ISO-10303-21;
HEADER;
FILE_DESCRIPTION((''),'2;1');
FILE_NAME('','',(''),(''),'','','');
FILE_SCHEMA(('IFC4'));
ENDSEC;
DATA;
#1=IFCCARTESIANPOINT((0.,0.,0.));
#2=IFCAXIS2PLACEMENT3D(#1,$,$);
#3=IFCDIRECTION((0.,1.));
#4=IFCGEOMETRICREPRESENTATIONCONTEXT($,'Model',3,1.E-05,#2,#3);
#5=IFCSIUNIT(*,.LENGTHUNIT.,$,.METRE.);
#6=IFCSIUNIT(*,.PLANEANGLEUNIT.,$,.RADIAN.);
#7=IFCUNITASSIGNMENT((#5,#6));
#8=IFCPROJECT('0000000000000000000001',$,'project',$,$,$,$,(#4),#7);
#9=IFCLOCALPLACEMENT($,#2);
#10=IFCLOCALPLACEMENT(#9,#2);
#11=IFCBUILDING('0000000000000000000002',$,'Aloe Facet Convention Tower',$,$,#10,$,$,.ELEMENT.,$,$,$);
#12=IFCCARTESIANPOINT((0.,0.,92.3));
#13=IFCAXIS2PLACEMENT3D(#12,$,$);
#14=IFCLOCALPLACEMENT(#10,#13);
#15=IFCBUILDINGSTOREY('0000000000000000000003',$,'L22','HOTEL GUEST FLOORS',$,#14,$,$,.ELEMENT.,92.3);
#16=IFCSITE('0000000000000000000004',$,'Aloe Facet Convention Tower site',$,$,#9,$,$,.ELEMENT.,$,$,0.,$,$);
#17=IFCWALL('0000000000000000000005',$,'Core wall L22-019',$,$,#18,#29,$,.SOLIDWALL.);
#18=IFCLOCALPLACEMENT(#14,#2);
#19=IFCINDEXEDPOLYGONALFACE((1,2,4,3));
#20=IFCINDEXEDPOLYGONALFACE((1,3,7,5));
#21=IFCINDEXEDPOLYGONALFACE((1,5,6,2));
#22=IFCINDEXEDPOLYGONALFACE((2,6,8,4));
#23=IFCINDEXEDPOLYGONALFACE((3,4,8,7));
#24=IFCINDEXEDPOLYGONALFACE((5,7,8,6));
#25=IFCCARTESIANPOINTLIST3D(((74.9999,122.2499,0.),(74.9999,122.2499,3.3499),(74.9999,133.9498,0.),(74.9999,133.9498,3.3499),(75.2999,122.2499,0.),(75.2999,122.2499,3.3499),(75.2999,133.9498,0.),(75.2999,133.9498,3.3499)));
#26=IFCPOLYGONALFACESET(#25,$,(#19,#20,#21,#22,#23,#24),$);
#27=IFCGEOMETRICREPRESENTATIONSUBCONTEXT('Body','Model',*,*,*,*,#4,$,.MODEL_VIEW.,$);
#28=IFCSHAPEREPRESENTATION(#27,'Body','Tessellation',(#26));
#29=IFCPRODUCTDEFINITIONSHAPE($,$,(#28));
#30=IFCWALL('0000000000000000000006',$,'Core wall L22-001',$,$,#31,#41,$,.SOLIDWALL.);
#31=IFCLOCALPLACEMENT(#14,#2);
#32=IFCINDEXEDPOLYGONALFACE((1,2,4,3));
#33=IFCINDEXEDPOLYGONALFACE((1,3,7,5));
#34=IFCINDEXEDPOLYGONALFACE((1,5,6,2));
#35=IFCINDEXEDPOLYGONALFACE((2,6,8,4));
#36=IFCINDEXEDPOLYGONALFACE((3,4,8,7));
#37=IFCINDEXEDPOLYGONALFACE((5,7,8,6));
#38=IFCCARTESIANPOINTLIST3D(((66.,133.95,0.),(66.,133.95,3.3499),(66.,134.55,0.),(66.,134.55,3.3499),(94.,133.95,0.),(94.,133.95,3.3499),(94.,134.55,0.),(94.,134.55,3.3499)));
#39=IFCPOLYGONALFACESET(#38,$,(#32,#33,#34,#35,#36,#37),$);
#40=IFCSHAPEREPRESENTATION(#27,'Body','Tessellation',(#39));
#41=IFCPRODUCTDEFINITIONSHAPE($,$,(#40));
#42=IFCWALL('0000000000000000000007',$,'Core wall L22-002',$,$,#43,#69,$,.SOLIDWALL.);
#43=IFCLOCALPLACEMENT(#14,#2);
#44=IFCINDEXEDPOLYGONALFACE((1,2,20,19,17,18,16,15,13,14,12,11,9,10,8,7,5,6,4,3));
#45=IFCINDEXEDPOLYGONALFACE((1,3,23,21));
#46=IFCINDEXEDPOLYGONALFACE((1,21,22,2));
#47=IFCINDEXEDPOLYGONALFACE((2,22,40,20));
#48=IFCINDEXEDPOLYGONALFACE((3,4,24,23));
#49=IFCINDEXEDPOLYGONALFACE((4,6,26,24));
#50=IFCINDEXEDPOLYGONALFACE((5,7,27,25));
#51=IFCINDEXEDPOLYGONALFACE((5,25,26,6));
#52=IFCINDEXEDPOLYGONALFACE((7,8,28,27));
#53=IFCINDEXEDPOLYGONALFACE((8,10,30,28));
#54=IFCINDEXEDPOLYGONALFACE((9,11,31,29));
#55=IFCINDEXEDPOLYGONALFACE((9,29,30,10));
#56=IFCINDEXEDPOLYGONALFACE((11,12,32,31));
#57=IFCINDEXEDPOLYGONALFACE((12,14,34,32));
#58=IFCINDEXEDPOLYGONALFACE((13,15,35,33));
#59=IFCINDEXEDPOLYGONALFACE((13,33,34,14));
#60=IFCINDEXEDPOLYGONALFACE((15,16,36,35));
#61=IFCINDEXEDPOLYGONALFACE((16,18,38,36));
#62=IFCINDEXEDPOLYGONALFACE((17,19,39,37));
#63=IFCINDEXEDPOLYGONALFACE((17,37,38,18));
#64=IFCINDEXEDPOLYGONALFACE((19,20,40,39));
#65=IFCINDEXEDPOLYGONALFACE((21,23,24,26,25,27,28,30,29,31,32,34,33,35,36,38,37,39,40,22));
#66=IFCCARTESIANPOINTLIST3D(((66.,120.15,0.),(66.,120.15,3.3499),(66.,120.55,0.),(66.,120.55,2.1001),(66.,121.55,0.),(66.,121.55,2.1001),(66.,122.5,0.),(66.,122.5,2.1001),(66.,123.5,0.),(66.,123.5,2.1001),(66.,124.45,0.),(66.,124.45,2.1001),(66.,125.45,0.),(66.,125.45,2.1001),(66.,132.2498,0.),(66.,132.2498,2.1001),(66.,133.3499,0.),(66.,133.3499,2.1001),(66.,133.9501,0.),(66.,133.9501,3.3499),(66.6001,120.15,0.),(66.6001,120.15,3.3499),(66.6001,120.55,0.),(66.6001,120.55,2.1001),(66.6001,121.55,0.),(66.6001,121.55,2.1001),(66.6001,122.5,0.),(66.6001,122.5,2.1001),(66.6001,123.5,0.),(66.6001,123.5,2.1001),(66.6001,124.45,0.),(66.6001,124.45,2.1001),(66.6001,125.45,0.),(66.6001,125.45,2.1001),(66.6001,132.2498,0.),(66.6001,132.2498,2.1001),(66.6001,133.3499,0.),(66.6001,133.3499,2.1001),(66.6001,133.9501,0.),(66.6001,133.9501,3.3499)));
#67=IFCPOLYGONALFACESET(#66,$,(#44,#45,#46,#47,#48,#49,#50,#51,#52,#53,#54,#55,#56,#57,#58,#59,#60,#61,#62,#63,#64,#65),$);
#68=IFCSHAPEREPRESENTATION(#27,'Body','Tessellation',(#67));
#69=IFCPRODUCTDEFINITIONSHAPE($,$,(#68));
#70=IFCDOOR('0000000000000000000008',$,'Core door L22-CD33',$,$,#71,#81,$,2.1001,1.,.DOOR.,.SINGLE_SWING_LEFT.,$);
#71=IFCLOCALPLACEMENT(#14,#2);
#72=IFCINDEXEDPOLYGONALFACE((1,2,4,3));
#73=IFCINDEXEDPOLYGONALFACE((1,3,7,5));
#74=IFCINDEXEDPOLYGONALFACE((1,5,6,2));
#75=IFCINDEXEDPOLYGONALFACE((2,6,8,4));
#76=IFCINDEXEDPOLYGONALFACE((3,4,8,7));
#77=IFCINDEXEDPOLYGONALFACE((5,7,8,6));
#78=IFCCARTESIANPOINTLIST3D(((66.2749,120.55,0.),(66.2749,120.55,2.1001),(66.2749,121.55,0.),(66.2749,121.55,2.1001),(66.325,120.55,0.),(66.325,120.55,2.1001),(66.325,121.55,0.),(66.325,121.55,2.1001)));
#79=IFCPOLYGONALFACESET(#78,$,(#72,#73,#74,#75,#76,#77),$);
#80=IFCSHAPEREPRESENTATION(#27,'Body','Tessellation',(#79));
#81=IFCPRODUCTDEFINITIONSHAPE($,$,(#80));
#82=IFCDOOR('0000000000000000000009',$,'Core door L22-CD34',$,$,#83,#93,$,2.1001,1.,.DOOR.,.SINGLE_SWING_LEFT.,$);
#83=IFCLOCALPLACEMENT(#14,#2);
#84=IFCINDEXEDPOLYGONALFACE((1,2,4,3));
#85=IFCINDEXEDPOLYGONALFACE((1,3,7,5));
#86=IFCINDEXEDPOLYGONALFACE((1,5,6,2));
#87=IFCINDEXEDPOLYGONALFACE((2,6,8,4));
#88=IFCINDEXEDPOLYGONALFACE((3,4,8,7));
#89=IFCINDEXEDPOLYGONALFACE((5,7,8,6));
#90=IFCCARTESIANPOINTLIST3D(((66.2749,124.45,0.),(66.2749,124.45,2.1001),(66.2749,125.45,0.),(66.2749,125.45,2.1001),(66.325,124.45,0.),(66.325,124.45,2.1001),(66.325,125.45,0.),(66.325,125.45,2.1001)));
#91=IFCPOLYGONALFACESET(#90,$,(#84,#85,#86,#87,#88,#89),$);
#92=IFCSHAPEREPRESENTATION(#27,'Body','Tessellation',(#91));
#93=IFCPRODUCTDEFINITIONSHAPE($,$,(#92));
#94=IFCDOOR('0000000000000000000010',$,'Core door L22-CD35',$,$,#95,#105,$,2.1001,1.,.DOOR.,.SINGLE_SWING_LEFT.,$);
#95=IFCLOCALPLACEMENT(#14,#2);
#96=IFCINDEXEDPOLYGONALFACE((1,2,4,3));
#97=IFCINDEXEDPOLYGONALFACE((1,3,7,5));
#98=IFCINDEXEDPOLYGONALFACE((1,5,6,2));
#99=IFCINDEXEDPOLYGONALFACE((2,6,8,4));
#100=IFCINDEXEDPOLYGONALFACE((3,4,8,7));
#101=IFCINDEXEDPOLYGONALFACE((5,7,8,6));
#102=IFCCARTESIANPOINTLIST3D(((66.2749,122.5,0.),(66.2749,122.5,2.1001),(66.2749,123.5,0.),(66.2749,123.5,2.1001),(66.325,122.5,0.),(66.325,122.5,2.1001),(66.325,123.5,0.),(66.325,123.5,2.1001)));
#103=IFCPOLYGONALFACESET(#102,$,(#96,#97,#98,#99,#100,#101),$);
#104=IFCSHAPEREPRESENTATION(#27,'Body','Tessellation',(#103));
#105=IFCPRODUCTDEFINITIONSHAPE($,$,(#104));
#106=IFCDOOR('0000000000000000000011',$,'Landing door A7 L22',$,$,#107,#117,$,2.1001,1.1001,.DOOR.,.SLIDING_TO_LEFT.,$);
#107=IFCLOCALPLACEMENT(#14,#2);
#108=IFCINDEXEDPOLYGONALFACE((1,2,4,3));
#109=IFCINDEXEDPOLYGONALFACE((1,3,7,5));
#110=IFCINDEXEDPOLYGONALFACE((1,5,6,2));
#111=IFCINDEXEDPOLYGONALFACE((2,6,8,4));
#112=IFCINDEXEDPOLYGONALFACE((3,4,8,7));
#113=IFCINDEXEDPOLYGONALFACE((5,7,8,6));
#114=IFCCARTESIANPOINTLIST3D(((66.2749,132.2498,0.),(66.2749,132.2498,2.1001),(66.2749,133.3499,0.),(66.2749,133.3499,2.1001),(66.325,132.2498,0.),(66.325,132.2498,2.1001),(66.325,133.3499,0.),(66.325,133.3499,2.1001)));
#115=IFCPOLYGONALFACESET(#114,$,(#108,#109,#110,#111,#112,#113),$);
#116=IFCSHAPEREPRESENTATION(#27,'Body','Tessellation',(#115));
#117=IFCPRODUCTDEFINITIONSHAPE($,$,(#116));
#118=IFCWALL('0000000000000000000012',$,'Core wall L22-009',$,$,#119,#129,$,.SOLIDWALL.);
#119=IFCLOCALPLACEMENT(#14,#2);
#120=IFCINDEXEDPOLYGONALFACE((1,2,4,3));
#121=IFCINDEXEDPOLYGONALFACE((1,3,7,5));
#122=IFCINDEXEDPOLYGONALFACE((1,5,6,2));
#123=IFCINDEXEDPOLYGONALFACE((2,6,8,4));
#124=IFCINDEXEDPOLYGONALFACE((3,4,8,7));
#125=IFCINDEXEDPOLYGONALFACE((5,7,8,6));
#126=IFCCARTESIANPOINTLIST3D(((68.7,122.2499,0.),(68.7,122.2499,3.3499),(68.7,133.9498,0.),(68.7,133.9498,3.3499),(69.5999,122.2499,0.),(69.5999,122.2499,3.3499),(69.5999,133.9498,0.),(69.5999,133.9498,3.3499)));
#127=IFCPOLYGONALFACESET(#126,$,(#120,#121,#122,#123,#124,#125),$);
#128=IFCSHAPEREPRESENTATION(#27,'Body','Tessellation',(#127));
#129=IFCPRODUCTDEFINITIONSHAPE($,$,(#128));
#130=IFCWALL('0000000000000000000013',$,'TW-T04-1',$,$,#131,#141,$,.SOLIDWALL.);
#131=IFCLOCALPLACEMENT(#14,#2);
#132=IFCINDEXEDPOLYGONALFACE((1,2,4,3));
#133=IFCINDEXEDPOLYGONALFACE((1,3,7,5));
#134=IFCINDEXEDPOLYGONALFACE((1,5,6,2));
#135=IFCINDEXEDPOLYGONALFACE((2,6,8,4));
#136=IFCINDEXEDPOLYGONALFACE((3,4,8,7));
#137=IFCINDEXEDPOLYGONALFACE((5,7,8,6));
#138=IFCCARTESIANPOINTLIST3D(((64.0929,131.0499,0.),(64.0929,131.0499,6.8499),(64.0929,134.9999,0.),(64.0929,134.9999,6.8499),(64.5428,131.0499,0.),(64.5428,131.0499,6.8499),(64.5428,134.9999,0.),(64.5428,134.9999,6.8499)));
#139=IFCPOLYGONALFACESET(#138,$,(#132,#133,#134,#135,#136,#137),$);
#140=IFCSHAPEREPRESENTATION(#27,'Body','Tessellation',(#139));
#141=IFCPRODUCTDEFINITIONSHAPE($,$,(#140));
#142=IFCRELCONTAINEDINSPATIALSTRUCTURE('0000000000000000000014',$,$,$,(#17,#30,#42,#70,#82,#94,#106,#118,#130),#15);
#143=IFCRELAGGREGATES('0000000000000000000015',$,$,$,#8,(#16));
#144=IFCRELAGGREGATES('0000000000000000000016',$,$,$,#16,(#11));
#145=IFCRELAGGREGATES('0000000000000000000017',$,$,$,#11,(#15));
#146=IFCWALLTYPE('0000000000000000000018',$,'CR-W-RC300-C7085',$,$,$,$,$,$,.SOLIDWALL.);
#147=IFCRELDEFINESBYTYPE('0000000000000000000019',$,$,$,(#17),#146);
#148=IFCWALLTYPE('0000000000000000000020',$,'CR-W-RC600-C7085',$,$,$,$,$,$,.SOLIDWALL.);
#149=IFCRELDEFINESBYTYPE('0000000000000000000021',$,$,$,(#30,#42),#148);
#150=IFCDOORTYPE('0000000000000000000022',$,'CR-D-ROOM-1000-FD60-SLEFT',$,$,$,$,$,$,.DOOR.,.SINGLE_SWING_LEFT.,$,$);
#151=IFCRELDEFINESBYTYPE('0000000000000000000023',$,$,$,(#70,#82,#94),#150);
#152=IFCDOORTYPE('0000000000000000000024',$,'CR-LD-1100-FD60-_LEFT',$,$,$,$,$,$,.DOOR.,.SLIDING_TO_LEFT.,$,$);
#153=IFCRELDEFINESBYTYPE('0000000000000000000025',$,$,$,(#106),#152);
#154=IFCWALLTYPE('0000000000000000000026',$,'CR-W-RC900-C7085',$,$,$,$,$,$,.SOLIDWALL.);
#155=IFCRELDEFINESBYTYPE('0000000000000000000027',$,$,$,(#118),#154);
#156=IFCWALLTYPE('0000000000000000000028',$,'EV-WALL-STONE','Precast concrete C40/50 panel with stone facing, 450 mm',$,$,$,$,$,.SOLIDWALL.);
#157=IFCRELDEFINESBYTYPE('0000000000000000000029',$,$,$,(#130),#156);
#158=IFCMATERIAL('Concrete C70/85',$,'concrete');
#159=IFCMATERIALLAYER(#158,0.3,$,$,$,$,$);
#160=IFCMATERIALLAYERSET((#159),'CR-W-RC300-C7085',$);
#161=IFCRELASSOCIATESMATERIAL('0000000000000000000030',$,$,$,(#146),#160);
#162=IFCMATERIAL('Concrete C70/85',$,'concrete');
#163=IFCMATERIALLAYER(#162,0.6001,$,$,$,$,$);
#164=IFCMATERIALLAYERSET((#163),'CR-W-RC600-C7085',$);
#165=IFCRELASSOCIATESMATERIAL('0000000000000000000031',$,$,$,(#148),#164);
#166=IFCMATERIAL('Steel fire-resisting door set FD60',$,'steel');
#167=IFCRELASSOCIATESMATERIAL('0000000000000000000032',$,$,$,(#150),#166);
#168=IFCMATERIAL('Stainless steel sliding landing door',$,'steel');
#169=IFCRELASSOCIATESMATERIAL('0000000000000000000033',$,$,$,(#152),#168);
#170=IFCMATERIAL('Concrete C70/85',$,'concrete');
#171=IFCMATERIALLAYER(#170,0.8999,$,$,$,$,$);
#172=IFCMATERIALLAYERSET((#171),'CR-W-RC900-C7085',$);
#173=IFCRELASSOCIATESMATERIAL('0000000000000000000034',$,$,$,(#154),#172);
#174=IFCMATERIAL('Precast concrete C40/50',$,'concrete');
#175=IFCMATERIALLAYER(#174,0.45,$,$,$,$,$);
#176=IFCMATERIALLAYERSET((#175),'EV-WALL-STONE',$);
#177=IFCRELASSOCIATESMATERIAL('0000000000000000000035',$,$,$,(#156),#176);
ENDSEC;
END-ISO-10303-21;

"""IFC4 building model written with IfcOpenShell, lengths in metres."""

from ifc_helpers import new_model, si_unit, direction, frame, frame_2d, origin, place, context, subcontext, project, spatial, rectangle, extrude, material, layer, layer_set, type_object, element, fill, save


model = new_model("IFC4")

# Units and contexts
model_context = context("Model", 3, precision=1e-05, world=origin(), true_north=direction((0.0, 1.0)))
body_context = subcontext(model_context, "Body", "Model", "MODEL_VIEW")
ifc_project = project(units=[si_unit("LENGTHUNIT", "METRE"), si_unit("PLANEANGLEUNIT", "RADIAN")], contexts=[model_context])

# Site, building, storey
site_placement = place(None, origin())
site = spatial("IfcSite", under=ifc_project, at=site_placement, Name="Aloe Facet Convention Tower site", CompositionType="ELEMENT", RefElevation=0.0)
building_placement = place(site_placement, origin())
building = spatial("IfcBuilding", under=site, at=building_placement, Name="Aloe Facet Convention Tower", CompositionType="ELEMENT")
storey_placement = place(building_placement, frame((0.0, 0.0, 92.3)))
storey = spatial("IfcBuildingStorey", under=building, at=storey_placement, Name="L22", Description="HOTEL GUEST FLOORS", CompositionType="ELEMENT", Elevation=92.3)

# Shared definitions
ifc_material_1 = material(Name="Concrete C70/85", Category="concrete")
ifc_layer_1 = layer(ifc_material_1, 0.3)
ifc_layer_set_1 = layer_set([ifc_layer_1], Name="CR-W-RC300-C7085")
wall_type_1 = type_object("IfcWallType", Name="CR-W-RC300-C7085", PredefinedType="SOLIDWALL", material=ifc_layer_set_1)

# Walls
wall_1_placement = place(storey_placement, frame((75.1499, 133.95, 0.0), z_axis=(0.0, 0.0, 1.0), x_axis=(0.0, -1.0, 0.0)))
element("IfcWall", 1, at=wall_1_placement, inside=storey, type_object=wall_type_1, Name="Core wall L22-019", PredefinedType="SOLIDWALL", context=body_context, shape_type="SweptSolid", body=[
    extrude(rectangle(XDim=11.7, YDim=0.3, at=frame_2d((5.8501, 0.0))), origin(), (0.0, 0.0, 1.0), 3.3499),
])
ifc_material_2 = material(Name="Concrete C70/85", Category="concrete")
ifc_layer_2 = layer(ifc_material_2, 0.6001)
ifc_layer_set_2 = layer_set([ifc_layer_2], Name="CR-W-RC600-C7085")
wall_type_2 = type_object("IfcWallType", Name="CR-W-RC600-C7085", PredefinedType="SOLIDWALL", material=ifc_layer_set_2)
wall_2_placement = place(storey_placement, frame((66.0, 134.25, 0.0), z_axis=(0.0, 0.0, 1.0), x_axis=(1.0, 0.0, 0.0)))
element("IfcWall", 2, at=wall_2_placement, inside=storey, type_object=wall_type_2, Name="Core wall L22-001", PredefinedType="SOLIDWALL", context=body_context, shape_type="SweptSolid", body=[
    extrude(rectangle(XDim=28.0, YDim=0.6001, at=frame_2d((14.0, 0.0))), origin(), (0.0, 0.0, 1.0), 3.3499),
])

# Wall, openings, doors
wall_3_placement = place(storey_placement, frame((66.3, 133.95, 0.0), z_axis=(0.0, 0.0, 1.0), x_axis=(0.0, -1.0, 0.0)))
wall_3 = element("IfcWall", 3, at=wall_3_placement, inside=storey, type_object=wall_type_2, Name="Core wall L22-002", PredefinedType="SOLIDWALL", context=body_context, shape_type="SweptSolid", body=[
    extrude(rectangle(XDim=13.8, YDim=0.6001, at=frame_2d((6.8999, 0.0))), origin(), (0.0, 0.0, 1.0), 3.3499),
])
opening_1_placement = place(wall_3_placement, frame((0.6001, 0.0, 0.0)))
opening_1 = element("IfcOpeningElement", 4, at=opening_1_placement, cuts=wall_3, PredefinedType="OPENING", context=body_context, shape_type="SweptSolid", body=[
    extrude(rectangle(XDim=1.1001, YDim=2.1001, at=frame_2d((0.55, 1.05))), frame((0.0, 0.3101, 0.0), z_axis=(0.0, -1.0, 0.0), x_axis=(1.0, 0.0, 0.0)), (0.0, 0.0, 1.0), 0.6201),
])
opening_2_placement = place(wall_3_placement, frame((12.3999, 0.0, 0.0)))
opening_2 = element("IfcOpeningElement", 5, at=opening_2_placement, cuts=wall_3, PredefinedType="OPENING", context=body_context, shape_type="SweptSolid", body=[
    extrude(rectangle(XDim=1.0, YDim=2.1001, at=frame_2d((0.5, 1.05))), frame((0.0, 0.3101, 0.0), z_axis=(0.0, -1.0, 0.0), x_axis=(1.0, 0.0, 0.0)), (0.0, 0.0, 1.0), 0.6201),
])
opening_3_placement = place(wall_3_placement, frame((8.5, 0.0, 0.0)))
opening_3 = element("IfcOpeningElement", 6, at=opening_3_placement, cuts=wall_3, PredefinedType="OPENING", context=body_context, shape_type="SweptSolid", body=[
    extrude(rectangle(XDim=1.0, YDim=2.1001, at=frame_2d((0.5, 1.05))), frame((0.0, 0.3101, 0.0), z_axis=(0.0, -1.0, 0.0), x_axis=(1.0, 0.0, 0.0)), (0.0, 0.0, 1.0), 0.6201),
])
opening_4_placement = place(wall_3_placement, frame((10.45, 0.0, 0.0)))
opening_4 = element("IfcOpeningElement", 7, at=opening_4_placement, cuts=wall_3, PredefinedType="OPENING", context=body_context, shape_type="SweptSolid", body=[
    extrude(rectangle(XDim=1.0, YDim=2.1001, at=frame_2d((0.5, 1.05))), frame((0.0, 0.3101, 0.0), z_axis=(0.0, -1.0, 0.0), x_axis=(1.0, 0.0, 0.0)), (0.0, 0.0, 1.0), 0.6201),
])
ifc_material_3 = material(Name="Steel fire-resisting door set FD60", Category="steel")
door_type_1 = type_object("IfcDoorType", Name="CR-D-ROOM-1000-FD60-SLEFT", OperationType="SINGLE_SWING_LEFT", PredefinedType="DOOR", material=ifc_material_3)
door_1_placement = place(opening_2_placement, origin())
door_1 = element("IfcDoor", 8, at=door_1_placement, inside=storey, type_object=door_type_1, Name="Core door L22-CD33", OperationType="SINGLE_SWING_LEFT", OverallHeight=2.1001, OverallWidth=1.0, PredefinedType="DOOR", context=body_context, shape_type="SweptSolid", body=[
    extrude(rectangle(XDim=1.0, YDim=2.1001, at=frame_2d((0.5, 1.05))), frame((0.0, 0.0249, 0.0), z_axis=(0.0, -1.0, 0.0), x_axis=(1.0, 0.0, 0.0)), (0.0, 0.0, 1.0), 0.05),
])
fill(opening_2, door_1)
door_2_placement = place(opening_3_placement, origin())
door_2 = element("IfcDoor", 9, at=door_2_placement, inside=storey, type_object=door_type_1, Name="Core door L22-CD34", OperationType="SINGLE_SWING_LEFT", OverallHeight=2.1001, OverallWidth=1.0, PredefinedType="DOOR", context=body_context, shape_type="SweptSolid", body=[
    extrude(rectangle(XDim=1.0, YDim=2.1001, at=frame_2d((0.5, 1.05))), frame((0.0, 0.0249, 0.0), z_axis=(0.0, -1.0, 0.0), x_axis=(1.0, 0.0, 0.0)), (0.0, 0.0, 1.0), 0.05),
])
fill(opening_3, door_2)
door_3_placement = place(opening_4_placement, origin())
door_3 = element("IfcDoor", 10, at=door_3_placement, inside=storey, type_object=door_type_1, Name="Core door L22-CD35", OperationType="SINGLE_SWING_LEFT", OverallHeight=2.1001, OverallWidth=1.0, PredefinedType="DOOR", context=body_context, shape_type="SweptSolid", body=[
    extrude(rectangle(XDim=1.0, YDim=2.1001, at=frame_2d((0.5, 1.05))), frame((0.0, 0.0249, 0.0), z_axis=(0.0, -1.0, 0.0), x_axis=(1.0, 0.0, 0.0)), (0.0, 0.0, 1.0), 0.05),
])
fill(opening_4, door_3)
ifc_material_4 = material(Name="Stainless steel sliding landing door", Category="steel")
door_type_2 = type_object("IfcDoorType", Name="CR-LD-1100-FD60-_LEFT", OperationType="SLIDING_TO_LEFT", PredefinedType="DOOR", material=ifc_material_4)
door_4_placement = place(opening_1_placement, origin())
door_4 = element("IfcDoor", 11, at=door_4_placement, inside=storey, type_object=door_type_2, Name="Landing door A7 L22", OperationType="SLIDING_TO_LEFT", OverallHeight=2.1001, OverallWidth=1.1001, PredefinedType="DOOR", context=body_context, shape_type="SweptSolid", body=[
    extrude(rectangle(XDim=1.1001, YDim=2.1001, at=frame_2d((0.55, 1.05))), frame((0.0, 0.0249, 0.0), z_axis=(0.0, -1.0, 0.0), x_axis=(1.0, 0.0, 0.0)), (0.0, 0.0, 1.0), 0.05),
])
fill(opening_1, door_4)

# Walls
ifc_material_5 = material(Name="Concrete C70/85", Category="concrete")
ifc_layer_3 = layer(ifc_material_5, 0.8999)
ifc_layer_set_3 = layer_set([ifc_layer_3], Name="CR-W-RC900-C7085")
wall_type_3 = type_object("IfcWallType", Name="CR-W-RC900-C7085", PredefinedType="SOLIDWALL", material=ifc_layer_set_3)
wall_4_placement = place(storey_placement, frame((69.1499, 133.95, 0.0), z_axis=(0.0, 0.0, 1.0), x_axis=(0.0, -1.0, 0.0)))
element("IfcWall", 12, at=wall_4_placement, inside=storey, type_object=wall_type_3, Name="Core wall L22-009", PredefinedType="SOLIDWALL", context=body_context, shape_type="SweptSolid", body=[
    extrude(rectangle(XDim=11.7, YDim=0.8999, at=frame_2d((5.8501, 0.0))), origin(), (0.0, 0.0, 1.0), 3.3499),
])
ifc_material_6 = material(Name="Precast concrete C40/50", Category="concrete")
ifc_layer_4 = layer(ifc_material_6, 0.45)
ifc_layer_set_4 = layer_set([ifc_layer_4], Name="EV-WALL-STONE")
wall_type_4 = type_object("IfcWallType", Name="EV-WALL-STONE", Description="Precast concrete C40/50 panel with stone facing, 450 mm", PredefinedType="SOLIDWALL", material=ifc_layer_set_4)
wall_5_placement = place(storey_placement, frame((64.3179, 135.0, 0.0), z_axis=(0.0, 0.0, 1.0), x_axis=(0.0, -1.0, 0.0)))
element("IfcWall", 13, at=wall_5_placement, inside=storey, type_object=wall_type_4, Name="TW-T04-1", PredefinedType="SOLIDWALL", context=body_context, shape_type="SweptSolid", body=[
    extrude(rectangle(XDim=3.95, YDim=0.45, at=frame_2d((1.9751, 0.0))), origin(), (0.0, 0.0, 1.0), 6.8499),
])

save(model, "model.ifc")
